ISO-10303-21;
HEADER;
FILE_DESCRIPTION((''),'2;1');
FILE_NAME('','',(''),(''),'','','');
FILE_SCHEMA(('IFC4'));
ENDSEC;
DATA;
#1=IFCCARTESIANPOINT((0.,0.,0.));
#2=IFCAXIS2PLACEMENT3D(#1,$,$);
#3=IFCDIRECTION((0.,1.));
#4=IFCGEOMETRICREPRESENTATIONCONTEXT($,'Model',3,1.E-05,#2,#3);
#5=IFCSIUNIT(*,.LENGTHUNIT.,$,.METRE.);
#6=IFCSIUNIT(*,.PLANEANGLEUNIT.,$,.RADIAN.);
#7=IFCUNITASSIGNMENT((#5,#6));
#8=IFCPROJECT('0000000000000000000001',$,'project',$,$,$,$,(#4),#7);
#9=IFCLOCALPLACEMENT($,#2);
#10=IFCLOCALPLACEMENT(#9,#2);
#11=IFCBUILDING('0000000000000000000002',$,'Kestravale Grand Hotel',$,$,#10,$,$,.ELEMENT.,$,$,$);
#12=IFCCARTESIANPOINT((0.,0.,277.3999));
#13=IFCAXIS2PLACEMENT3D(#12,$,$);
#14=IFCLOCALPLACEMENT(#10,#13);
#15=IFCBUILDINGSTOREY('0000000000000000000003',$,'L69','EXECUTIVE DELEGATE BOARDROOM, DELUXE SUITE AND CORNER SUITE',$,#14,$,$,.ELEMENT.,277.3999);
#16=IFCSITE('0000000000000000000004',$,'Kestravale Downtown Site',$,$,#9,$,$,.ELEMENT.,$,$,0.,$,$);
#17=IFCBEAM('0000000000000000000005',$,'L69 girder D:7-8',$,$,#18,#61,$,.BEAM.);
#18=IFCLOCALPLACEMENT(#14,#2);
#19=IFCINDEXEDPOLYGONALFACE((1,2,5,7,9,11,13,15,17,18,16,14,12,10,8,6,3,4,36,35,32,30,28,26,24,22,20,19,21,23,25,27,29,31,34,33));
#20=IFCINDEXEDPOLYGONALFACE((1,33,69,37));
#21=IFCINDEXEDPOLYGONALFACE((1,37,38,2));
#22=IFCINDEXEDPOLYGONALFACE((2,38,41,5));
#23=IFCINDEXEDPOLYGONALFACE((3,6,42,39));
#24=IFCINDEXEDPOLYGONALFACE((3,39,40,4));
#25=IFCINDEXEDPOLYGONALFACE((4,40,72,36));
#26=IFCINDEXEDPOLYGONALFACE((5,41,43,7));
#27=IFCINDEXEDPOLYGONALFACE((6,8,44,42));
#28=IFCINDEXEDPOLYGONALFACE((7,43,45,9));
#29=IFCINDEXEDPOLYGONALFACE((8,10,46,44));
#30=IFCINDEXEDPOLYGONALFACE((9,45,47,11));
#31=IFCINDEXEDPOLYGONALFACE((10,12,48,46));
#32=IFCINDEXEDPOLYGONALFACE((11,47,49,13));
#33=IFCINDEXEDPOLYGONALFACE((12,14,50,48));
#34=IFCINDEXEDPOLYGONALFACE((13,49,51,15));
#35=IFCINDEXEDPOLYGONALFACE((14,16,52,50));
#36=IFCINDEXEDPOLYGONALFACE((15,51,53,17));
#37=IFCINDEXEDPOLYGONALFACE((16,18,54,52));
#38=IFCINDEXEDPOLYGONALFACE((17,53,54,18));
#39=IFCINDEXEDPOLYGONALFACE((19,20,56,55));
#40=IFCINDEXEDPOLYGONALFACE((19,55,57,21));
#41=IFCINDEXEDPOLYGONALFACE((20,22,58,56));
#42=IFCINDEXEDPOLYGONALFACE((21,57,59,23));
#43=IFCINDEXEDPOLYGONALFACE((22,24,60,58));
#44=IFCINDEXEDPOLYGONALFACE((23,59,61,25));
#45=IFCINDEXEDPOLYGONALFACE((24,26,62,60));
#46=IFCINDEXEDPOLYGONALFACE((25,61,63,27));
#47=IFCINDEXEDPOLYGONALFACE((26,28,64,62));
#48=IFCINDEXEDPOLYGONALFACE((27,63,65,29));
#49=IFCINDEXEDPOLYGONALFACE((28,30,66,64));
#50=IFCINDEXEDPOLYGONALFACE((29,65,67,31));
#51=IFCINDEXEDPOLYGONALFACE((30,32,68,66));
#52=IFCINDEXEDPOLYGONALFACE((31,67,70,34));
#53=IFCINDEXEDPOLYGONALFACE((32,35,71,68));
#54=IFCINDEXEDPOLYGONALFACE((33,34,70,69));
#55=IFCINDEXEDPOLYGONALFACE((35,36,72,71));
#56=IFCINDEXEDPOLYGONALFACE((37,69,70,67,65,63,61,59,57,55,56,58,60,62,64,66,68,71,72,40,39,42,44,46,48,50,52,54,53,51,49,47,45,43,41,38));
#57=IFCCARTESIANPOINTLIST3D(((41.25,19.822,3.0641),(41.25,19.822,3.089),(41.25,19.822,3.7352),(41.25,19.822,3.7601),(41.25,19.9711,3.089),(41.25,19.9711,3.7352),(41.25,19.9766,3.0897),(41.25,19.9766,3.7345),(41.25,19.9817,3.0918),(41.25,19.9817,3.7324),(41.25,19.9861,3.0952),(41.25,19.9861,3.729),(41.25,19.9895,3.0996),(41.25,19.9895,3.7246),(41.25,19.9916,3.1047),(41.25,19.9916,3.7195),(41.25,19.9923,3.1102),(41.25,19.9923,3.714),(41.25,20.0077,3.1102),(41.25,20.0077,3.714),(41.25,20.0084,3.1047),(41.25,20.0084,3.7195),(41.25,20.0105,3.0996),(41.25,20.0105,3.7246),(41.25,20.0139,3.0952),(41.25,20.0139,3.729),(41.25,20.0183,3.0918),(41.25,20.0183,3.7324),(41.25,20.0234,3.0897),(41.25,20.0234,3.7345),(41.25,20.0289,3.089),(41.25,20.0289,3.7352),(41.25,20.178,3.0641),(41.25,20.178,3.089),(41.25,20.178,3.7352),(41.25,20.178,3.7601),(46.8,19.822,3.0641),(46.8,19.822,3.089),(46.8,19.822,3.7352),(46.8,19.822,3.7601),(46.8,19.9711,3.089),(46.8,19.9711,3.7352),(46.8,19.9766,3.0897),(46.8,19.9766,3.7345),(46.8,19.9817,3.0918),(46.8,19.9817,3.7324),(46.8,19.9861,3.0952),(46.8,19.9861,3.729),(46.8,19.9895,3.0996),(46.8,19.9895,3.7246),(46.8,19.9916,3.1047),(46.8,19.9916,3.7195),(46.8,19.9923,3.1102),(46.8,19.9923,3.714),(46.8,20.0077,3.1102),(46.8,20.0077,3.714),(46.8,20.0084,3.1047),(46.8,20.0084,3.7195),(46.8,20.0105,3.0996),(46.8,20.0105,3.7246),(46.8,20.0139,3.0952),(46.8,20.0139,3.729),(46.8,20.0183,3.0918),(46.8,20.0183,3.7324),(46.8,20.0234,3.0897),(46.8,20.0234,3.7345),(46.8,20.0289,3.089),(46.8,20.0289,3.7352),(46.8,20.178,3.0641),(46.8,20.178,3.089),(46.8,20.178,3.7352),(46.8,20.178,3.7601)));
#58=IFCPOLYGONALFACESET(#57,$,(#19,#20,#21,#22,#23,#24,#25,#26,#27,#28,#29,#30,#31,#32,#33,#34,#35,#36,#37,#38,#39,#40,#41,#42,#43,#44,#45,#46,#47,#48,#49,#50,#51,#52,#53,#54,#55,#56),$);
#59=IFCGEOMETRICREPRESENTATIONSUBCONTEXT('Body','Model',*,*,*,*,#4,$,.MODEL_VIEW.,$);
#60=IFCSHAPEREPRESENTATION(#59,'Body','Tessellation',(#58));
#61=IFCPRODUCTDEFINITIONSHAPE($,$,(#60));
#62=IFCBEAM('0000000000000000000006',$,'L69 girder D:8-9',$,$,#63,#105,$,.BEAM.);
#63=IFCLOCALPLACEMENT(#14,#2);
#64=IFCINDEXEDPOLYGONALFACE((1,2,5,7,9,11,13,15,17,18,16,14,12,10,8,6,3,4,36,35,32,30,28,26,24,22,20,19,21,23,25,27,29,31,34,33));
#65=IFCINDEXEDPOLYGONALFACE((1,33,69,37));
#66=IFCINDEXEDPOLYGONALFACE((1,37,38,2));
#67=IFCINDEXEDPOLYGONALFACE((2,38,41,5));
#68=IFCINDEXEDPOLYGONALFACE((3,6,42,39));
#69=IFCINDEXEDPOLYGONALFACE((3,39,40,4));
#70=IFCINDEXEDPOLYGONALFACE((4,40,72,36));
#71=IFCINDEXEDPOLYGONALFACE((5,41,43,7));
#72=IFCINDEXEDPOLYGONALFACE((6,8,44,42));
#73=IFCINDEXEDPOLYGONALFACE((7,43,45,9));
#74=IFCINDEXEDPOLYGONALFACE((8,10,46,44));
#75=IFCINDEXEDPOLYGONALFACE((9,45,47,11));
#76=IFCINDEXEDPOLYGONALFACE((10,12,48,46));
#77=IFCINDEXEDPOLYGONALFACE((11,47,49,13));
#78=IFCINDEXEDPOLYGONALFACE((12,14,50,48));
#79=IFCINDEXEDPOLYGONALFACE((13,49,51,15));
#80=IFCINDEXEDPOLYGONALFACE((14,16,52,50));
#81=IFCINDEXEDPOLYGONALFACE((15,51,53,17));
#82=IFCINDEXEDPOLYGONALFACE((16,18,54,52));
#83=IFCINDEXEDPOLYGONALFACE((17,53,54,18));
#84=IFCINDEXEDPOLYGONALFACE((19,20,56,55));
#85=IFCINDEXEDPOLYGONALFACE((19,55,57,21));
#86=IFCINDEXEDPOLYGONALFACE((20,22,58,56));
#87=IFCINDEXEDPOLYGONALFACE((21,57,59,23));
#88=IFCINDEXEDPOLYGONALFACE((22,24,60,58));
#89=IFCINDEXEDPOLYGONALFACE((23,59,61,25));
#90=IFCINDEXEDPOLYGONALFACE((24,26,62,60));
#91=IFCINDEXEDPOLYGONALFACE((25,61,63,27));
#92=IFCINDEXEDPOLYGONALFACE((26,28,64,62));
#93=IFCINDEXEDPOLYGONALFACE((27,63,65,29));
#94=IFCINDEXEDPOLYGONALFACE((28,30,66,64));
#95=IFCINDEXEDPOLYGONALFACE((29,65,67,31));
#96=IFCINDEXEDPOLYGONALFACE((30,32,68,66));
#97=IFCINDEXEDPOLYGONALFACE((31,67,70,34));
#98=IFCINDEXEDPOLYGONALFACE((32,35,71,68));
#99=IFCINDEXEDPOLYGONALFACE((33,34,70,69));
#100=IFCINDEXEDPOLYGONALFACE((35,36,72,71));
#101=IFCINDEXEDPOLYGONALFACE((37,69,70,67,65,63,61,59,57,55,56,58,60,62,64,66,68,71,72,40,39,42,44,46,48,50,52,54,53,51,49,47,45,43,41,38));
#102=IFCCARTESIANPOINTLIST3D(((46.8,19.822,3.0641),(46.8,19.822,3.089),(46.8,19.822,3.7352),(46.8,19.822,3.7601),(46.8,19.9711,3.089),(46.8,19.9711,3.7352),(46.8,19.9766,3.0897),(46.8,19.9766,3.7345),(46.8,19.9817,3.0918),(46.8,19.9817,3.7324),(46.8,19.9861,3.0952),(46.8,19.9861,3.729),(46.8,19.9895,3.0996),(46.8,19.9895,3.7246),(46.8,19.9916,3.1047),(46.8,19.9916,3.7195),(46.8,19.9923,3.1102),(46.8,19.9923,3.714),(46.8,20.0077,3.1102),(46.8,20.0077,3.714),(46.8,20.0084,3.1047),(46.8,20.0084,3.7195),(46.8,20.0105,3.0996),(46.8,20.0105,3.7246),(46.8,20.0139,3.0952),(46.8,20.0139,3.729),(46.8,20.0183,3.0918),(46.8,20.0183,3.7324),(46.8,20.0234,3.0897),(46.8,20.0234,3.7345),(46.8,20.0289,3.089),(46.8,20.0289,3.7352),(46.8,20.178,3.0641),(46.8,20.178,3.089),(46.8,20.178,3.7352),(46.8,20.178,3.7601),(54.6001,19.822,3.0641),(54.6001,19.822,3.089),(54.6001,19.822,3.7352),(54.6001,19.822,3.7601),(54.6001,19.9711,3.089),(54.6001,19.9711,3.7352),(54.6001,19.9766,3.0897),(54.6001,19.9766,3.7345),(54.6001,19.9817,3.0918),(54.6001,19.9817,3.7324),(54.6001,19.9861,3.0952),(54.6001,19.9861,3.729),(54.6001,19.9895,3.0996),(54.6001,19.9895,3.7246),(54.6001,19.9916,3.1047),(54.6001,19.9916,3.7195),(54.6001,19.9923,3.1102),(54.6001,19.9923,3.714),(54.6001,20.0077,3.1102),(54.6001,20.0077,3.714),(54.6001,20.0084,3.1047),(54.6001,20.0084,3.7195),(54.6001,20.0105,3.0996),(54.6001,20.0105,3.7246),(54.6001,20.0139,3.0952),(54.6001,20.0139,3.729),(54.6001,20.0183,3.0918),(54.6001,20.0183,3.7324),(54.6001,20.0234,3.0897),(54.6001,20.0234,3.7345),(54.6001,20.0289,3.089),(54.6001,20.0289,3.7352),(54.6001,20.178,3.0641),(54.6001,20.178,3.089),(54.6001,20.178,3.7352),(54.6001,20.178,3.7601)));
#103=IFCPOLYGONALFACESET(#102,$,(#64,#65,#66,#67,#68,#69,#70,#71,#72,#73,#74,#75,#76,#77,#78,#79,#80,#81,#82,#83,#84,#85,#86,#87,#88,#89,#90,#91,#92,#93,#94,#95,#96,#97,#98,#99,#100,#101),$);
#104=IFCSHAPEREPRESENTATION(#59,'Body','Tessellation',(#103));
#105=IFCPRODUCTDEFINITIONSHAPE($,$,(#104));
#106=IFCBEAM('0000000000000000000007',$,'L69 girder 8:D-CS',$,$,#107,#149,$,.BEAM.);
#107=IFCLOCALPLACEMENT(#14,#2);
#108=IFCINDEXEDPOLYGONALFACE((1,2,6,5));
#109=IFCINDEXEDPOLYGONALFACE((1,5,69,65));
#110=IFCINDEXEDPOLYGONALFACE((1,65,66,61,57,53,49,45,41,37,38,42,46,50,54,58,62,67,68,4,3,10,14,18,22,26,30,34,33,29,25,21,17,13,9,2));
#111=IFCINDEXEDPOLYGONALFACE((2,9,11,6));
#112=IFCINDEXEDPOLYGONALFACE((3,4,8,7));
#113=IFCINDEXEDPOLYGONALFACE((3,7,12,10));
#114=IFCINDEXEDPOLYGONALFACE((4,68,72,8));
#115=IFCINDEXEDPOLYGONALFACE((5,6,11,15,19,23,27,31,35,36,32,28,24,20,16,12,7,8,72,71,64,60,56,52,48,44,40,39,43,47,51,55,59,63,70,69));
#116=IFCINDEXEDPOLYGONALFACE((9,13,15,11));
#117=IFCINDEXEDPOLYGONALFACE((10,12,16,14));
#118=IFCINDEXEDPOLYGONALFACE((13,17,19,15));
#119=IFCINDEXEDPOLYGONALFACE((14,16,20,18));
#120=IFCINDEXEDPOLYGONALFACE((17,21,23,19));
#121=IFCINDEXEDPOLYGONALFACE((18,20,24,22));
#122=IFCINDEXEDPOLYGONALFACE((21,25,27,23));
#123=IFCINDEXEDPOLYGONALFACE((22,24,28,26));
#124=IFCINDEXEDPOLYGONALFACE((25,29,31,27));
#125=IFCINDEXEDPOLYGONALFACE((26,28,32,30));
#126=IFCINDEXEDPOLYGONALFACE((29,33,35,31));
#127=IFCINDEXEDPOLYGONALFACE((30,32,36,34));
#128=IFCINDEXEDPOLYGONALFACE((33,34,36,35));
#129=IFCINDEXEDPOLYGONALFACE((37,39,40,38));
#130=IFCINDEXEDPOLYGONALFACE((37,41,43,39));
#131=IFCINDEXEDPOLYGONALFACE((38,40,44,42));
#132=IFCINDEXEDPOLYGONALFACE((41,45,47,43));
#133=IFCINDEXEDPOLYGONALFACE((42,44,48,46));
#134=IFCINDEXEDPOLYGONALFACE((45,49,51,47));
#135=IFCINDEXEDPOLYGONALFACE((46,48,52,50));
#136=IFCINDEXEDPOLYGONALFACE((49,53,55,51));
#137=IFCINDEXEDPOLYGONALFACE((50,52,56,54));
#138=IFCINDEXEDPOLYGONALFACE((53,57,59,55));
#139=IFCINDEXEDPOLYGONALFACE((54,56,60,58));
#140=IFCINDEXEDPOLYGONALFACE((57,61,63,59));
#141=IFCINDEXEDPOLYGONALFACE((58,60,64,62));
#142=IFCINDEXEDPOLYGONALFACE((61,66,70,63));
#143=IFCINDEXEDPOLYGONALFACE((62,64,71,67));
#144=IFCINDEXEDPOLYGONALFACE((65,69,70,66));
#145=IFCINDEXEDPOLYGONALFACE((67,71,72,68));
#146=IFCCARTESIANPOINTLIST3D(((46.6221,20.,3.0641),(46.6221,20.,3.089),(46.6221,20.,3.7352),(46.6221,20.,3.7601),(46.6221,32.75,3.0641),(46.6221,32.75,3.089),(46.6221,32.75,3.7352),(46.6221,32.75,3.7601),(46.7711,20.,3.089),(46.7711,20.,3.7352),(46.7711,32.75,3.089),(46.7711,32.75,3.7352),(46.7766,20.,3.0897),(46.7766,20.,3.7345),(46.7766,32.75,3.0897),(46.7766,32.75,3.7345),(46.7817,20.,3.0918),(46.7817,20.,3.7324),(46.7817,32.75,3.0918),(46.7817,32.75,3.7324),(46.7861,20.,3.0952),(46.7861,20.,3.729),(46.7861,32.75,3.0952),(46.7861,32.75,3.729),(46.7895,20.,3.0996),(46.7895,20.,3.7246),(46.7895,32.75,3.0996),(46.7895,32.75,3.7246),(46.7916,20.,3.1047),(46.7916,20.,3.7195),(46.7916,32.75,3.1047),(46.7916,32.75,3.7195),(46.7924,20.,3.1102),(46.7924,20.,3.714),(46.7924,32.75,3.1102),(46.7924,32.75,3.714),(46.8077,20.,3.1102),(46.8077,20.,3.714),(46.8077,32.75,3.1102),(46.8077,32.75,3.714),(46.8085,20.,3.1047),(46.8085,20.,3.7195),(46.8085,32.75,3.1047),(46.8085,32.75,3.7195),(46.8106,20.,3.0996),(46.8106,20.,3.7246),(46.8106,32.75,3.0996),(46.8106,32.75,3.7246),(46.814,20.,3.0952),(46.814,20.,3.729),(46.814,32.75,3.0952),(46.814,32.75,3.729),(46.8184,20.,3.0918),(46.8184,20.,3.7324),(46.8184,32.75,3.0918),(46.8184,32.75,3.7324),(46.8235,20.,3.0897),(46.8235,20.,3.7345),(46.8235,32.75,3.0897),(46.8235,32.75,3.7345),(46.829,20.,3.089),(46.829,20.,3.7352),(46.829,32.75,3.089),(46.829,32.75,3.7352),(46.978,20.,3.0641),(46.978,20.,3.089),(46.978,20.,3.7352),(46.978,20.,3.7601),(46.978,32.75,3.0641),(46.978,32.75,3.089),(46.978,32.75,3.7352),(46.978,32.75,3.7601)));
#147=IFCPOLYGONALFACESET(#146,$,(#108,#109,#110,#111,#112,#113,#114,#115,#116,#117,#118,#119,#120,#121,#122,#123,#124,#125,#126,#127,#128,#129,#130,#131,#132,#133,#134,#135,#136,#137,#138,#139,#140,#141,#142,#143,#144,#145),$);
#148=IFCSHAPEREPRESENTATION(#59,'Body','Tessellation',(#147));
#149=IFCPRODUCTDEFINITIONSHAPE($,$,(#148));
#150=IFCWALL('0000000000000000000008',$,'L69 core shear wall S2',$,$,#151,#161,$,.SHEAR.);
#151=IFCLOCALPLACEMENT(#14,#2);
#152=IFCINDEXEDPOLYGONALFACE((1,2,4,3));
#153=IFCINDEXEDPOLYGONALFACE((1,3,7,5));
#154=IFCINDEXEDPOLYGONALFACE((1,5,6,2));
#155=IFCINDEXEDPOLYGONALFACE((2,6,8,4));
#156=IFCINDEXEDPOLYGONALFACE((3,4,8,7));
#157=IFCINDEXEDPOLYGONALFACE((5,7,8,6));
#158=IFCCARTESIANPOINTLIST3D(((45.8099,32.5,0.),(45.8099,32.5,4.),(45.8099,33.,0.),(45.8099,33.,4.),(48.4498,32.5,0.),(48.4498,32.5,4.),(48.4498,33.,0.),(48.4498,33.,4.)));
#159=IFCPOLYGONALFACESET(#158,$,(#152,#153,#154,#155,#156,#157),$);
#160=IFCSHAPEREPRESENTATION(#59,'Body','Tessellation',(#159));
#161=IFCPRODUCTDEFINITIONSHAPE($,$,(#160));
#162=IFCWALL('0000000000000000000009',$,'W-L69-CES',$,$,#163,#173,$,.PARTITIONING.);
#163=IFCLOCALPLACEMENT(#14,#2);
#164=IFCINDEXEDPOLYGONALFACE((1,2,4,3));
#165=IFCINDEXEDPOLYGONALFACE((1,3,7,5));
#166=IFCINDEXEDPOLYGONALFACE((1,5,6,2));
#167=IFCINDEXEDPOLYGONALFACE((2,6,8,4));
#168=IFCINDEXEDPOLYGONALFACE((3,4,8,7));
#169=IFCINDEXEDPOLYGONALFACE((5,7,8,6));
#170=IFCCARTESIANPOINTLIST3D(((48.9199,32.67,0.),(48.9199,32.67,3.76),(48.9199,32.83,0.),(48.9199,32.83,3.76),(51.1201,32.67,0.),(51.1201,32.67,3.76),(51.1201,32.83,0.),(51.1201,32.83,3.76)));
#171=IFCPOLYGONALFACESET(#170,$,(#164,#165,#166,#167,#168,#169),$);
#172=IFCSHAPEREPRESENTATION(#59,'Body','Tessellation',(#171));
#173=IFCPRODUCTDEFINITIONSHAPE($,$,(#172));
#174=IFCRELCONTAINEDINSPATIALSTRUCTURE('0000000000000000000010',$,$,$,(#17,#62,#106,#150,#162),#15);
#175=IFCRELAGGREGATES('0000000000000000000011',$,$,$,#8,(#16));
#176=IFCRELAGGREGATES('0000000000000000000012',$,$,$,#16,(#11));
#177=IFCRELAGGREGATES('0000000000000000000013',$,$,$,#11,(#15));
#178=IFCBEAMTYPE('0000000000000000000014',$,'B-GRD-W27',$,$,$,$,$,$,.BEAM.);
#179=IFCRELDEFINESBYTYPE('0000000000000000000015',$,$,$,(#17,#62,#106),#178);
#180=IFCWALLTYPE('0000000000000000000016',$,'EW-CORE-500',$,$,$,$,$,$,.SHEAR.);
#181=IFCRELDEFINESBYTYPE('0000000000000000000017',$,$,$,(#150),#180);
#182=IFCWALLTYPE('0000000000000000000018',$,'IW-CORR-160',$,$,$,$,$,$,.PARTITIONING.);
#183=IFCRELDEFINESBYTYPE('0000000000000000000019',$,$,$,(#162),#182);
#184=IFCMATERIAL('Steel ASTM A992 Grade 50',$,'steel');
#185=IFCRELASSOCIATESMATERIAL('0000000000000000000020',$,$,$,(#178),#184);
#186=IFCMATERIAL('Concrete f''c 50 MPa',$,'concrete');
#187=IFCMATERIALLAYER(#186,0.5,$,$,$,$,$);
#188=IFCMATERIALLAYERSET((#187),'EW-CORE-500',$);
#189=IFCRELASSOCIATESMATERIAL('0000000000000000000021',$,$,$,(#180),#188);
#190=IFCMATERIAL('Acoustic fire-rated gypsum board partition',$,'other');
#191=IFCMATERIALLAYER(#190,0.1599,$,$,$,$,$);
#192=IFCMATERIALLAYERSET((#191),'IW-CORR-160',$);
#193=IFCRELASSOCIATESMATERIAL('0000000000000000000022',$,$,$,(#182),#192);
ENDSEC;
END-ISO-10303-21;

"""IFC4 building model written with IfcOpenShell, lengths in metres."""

from ifc_helpers import new_model, si_unit, direction, frame, frame_2d, origin, origin_2d, place, context, subcontext, project, spatial, rectangle, i_section, extrude, material, layer, layer_set, material_profile, profile_set, type_object, element, save


model = new_model("IFC4")

# Units and contexts
model_context = context("Model", 3, precision=1e-05, world=origin(), true_north=direction((0.0, 1.0)))
body_context = subcontext(model_context, "Body", "Model", "MODEL_VIEW")
ifc_project = project(units=[si_unit("LENGTHUNIT", "METRE"), si_unit("PLANEANGLEUNIT", "RADIAN")], contexts=[model_context])

# Site, building, storey
site_placement = place(None, origin())
site = spatial("IfcSite", under=ifc_project, at=site_placement, Name="Kestravale Downtown Site", CompositionType="ELEMENT", RefElevation=0.0)
building_placement = place(site_placement, origin())
building = spatial("IfcBuilding", under=site, at=building_placement, Name="Kestravale Grand Hotel", CompositionType="ELEMENT")
storey_placement = place(building_placement, frame((0.0, 0.0, 277.3999)))
storey = spatial("IfcBuildingStorey", under=building, at=storey_placement, Name="L69", Description="EXECUTIVE DELEGATE BOARDROOM, DELUXE SUITE AND CORNER SUITE", CompositionType="ELEMENT", Elevation=277.3999)

# Beams
ifc_material_1 = material(Name="Steel ASTM A992 Grade 50", Category="steel")
ifc_material_profile_1 = material_profile(ifc_material_1, i_section(OverallWidth=0.356, OverallDepth=0.696, WebThickness=0.0154, FlangeThickness=0.0249, FilletRadius=0.0212, at=origin_2d()))
ifc_profile_set_1 = profile_set([ifc_material_profile_1], Name="Steel ASTM A992 Grade 50")
beam_type = type_object("IfcBeamType", Name="B-GRD-W27", PredefinedType="BEAM", material=ifc_profile_set_1)
beam_1_placement = place(storey_placement, frame((41.25, 20.0, 3.4121), z_axis=(1.0, 0.0, 0.0), x_axis=(0.0, 1.0, 0.0)))
element("IfcBeam", 1, at=beam_1_placement, inside=storey, type_object=beam_type, Name="L69 girder D:7-8", PredefinedType="BEAM", context=body_context, shape_type="SweptSolid", body=[
    extrude(i_section(OverallWidth=0.356, OverallDepth=0.696, WebThickness=0.0154, FlangeThickness=0.0249, FilletRadius=0.0212, at=origin_2d()), origin(), (0.0, 0.0, 1.0), 5.55),
])
beam_2_placement = place(storey_placement, frame((46.8, 20.0, 3.4121), z_axis=(1.0, 0.0, 0.0), x_axis=(0.0, 1.0, 0.0)))
element("IfcBeam", 2, at=beam_2_placement, inside=storey, type_object=beam_type, Name="L69 girder D:8-9", PredefinedType="BEAM", context=body_context, shape_type="SweptSolid", body=[
    extrude(i_section(OverallWidth=0.356, OverallDepth=0.696, WebThickness=0.0154, FlangeThickness=0.0249, FilletRadius=0.0212, at=origin_2d()), origin(), (0.0, 0.0, 1.0), 7.8),
])
beam_3_placement = place(storey_placement, frame((46.8, 20.0, 3.4121), z_axis=(0.0, 1.0, 0.0), x_axis=(-1.0, 0.0, 0.0)))
element("IfcBeam", 3, at=beam_3_placement, inside=storey, type_object=beam_type, Name="L69 girder 8:D-CS", PredefinedType="BEAM", context=body_context, shape_type="SweptSolid", body=[
    extrude(i_section(OverallWidth=0.356, OverallDepth=0.696, WebThickness=0.0154, FlangeThickness=0.0249, FilletRadius=0.0212, at=origin_2d()), origin(), (0.0, 0.0, 1.0), 12.75),
])

# Wall
ifc_material_2 = material(Name="Concrete f'c 50 MPa", Category="concrete")
ifc_layer_1 = layer(ifc_material_2, 0.5)
ifc_layer_set_1 = layer_set([ifc_layer_1], Name="EW-CORE-500")
wall_type_1 = type_object("IfcWallType", Name="EW-CORE-500", PredefinedType="SHEAR", material=ifc_layer_set_1)
wall_1_placement = place(storey_placement, frame((45.8101, 32.75, 0.0), z_axis=(0.0, 0.0, 1.0), x_axis=(1.0, 0.0, 0.0)))
element("IfcWall", 4, at=wall_1_placement, inside=storey, type_object=wall_type_1, Name="L69 core shear wall S2", PredefinedType="SHEAR", context=body_context, shape_type="SweptSolid", body=[
    extrude(rectangle(XDim=2.6399, YDim=0.5, at=frame_2d((1.3198, 0.0))), origin(), (0.0, 0.0, 1.0), 4.0),
])

# Shared definitions
ifc_material_3 = material(Name="Acoustic fire-rated gypsum board partition", Category="other")
ifc_layer_2 = layer(ifc_material_3, 0.1599)
ifc_layer_set_2 = layer_set([ifc_layer_2], Name="IW-CORR-160")
wall_type_2 = type_object("IfcWallType", Name="IW-CORR-160", PredefinedType="PARTITIONING", material=ifc_layer_set_2)

# Wall
wall_2_placement = place(storey_placement, frame((48.9199, 32.75, 0.0), z_axis=(0.0, 0.0, 1.0), x_axis=(1.0, 0.0, 0.0)))
element("IfcWall", 5, at=wall_2_placement, inside=storey, type_object=wall_type_2, Name="W-L69-CES", PredefinedType="PARTITIONING", context=body_context, shape_type="SweptSolid", body=[
    extrude(rectangle(XDim=2.2002, YDim=0.1599, at=frame_2d((1.1001, 0.0))), origin(), (0.0, 0.0, 1.0), 3.76),
])

save(model, "model.ifc")
